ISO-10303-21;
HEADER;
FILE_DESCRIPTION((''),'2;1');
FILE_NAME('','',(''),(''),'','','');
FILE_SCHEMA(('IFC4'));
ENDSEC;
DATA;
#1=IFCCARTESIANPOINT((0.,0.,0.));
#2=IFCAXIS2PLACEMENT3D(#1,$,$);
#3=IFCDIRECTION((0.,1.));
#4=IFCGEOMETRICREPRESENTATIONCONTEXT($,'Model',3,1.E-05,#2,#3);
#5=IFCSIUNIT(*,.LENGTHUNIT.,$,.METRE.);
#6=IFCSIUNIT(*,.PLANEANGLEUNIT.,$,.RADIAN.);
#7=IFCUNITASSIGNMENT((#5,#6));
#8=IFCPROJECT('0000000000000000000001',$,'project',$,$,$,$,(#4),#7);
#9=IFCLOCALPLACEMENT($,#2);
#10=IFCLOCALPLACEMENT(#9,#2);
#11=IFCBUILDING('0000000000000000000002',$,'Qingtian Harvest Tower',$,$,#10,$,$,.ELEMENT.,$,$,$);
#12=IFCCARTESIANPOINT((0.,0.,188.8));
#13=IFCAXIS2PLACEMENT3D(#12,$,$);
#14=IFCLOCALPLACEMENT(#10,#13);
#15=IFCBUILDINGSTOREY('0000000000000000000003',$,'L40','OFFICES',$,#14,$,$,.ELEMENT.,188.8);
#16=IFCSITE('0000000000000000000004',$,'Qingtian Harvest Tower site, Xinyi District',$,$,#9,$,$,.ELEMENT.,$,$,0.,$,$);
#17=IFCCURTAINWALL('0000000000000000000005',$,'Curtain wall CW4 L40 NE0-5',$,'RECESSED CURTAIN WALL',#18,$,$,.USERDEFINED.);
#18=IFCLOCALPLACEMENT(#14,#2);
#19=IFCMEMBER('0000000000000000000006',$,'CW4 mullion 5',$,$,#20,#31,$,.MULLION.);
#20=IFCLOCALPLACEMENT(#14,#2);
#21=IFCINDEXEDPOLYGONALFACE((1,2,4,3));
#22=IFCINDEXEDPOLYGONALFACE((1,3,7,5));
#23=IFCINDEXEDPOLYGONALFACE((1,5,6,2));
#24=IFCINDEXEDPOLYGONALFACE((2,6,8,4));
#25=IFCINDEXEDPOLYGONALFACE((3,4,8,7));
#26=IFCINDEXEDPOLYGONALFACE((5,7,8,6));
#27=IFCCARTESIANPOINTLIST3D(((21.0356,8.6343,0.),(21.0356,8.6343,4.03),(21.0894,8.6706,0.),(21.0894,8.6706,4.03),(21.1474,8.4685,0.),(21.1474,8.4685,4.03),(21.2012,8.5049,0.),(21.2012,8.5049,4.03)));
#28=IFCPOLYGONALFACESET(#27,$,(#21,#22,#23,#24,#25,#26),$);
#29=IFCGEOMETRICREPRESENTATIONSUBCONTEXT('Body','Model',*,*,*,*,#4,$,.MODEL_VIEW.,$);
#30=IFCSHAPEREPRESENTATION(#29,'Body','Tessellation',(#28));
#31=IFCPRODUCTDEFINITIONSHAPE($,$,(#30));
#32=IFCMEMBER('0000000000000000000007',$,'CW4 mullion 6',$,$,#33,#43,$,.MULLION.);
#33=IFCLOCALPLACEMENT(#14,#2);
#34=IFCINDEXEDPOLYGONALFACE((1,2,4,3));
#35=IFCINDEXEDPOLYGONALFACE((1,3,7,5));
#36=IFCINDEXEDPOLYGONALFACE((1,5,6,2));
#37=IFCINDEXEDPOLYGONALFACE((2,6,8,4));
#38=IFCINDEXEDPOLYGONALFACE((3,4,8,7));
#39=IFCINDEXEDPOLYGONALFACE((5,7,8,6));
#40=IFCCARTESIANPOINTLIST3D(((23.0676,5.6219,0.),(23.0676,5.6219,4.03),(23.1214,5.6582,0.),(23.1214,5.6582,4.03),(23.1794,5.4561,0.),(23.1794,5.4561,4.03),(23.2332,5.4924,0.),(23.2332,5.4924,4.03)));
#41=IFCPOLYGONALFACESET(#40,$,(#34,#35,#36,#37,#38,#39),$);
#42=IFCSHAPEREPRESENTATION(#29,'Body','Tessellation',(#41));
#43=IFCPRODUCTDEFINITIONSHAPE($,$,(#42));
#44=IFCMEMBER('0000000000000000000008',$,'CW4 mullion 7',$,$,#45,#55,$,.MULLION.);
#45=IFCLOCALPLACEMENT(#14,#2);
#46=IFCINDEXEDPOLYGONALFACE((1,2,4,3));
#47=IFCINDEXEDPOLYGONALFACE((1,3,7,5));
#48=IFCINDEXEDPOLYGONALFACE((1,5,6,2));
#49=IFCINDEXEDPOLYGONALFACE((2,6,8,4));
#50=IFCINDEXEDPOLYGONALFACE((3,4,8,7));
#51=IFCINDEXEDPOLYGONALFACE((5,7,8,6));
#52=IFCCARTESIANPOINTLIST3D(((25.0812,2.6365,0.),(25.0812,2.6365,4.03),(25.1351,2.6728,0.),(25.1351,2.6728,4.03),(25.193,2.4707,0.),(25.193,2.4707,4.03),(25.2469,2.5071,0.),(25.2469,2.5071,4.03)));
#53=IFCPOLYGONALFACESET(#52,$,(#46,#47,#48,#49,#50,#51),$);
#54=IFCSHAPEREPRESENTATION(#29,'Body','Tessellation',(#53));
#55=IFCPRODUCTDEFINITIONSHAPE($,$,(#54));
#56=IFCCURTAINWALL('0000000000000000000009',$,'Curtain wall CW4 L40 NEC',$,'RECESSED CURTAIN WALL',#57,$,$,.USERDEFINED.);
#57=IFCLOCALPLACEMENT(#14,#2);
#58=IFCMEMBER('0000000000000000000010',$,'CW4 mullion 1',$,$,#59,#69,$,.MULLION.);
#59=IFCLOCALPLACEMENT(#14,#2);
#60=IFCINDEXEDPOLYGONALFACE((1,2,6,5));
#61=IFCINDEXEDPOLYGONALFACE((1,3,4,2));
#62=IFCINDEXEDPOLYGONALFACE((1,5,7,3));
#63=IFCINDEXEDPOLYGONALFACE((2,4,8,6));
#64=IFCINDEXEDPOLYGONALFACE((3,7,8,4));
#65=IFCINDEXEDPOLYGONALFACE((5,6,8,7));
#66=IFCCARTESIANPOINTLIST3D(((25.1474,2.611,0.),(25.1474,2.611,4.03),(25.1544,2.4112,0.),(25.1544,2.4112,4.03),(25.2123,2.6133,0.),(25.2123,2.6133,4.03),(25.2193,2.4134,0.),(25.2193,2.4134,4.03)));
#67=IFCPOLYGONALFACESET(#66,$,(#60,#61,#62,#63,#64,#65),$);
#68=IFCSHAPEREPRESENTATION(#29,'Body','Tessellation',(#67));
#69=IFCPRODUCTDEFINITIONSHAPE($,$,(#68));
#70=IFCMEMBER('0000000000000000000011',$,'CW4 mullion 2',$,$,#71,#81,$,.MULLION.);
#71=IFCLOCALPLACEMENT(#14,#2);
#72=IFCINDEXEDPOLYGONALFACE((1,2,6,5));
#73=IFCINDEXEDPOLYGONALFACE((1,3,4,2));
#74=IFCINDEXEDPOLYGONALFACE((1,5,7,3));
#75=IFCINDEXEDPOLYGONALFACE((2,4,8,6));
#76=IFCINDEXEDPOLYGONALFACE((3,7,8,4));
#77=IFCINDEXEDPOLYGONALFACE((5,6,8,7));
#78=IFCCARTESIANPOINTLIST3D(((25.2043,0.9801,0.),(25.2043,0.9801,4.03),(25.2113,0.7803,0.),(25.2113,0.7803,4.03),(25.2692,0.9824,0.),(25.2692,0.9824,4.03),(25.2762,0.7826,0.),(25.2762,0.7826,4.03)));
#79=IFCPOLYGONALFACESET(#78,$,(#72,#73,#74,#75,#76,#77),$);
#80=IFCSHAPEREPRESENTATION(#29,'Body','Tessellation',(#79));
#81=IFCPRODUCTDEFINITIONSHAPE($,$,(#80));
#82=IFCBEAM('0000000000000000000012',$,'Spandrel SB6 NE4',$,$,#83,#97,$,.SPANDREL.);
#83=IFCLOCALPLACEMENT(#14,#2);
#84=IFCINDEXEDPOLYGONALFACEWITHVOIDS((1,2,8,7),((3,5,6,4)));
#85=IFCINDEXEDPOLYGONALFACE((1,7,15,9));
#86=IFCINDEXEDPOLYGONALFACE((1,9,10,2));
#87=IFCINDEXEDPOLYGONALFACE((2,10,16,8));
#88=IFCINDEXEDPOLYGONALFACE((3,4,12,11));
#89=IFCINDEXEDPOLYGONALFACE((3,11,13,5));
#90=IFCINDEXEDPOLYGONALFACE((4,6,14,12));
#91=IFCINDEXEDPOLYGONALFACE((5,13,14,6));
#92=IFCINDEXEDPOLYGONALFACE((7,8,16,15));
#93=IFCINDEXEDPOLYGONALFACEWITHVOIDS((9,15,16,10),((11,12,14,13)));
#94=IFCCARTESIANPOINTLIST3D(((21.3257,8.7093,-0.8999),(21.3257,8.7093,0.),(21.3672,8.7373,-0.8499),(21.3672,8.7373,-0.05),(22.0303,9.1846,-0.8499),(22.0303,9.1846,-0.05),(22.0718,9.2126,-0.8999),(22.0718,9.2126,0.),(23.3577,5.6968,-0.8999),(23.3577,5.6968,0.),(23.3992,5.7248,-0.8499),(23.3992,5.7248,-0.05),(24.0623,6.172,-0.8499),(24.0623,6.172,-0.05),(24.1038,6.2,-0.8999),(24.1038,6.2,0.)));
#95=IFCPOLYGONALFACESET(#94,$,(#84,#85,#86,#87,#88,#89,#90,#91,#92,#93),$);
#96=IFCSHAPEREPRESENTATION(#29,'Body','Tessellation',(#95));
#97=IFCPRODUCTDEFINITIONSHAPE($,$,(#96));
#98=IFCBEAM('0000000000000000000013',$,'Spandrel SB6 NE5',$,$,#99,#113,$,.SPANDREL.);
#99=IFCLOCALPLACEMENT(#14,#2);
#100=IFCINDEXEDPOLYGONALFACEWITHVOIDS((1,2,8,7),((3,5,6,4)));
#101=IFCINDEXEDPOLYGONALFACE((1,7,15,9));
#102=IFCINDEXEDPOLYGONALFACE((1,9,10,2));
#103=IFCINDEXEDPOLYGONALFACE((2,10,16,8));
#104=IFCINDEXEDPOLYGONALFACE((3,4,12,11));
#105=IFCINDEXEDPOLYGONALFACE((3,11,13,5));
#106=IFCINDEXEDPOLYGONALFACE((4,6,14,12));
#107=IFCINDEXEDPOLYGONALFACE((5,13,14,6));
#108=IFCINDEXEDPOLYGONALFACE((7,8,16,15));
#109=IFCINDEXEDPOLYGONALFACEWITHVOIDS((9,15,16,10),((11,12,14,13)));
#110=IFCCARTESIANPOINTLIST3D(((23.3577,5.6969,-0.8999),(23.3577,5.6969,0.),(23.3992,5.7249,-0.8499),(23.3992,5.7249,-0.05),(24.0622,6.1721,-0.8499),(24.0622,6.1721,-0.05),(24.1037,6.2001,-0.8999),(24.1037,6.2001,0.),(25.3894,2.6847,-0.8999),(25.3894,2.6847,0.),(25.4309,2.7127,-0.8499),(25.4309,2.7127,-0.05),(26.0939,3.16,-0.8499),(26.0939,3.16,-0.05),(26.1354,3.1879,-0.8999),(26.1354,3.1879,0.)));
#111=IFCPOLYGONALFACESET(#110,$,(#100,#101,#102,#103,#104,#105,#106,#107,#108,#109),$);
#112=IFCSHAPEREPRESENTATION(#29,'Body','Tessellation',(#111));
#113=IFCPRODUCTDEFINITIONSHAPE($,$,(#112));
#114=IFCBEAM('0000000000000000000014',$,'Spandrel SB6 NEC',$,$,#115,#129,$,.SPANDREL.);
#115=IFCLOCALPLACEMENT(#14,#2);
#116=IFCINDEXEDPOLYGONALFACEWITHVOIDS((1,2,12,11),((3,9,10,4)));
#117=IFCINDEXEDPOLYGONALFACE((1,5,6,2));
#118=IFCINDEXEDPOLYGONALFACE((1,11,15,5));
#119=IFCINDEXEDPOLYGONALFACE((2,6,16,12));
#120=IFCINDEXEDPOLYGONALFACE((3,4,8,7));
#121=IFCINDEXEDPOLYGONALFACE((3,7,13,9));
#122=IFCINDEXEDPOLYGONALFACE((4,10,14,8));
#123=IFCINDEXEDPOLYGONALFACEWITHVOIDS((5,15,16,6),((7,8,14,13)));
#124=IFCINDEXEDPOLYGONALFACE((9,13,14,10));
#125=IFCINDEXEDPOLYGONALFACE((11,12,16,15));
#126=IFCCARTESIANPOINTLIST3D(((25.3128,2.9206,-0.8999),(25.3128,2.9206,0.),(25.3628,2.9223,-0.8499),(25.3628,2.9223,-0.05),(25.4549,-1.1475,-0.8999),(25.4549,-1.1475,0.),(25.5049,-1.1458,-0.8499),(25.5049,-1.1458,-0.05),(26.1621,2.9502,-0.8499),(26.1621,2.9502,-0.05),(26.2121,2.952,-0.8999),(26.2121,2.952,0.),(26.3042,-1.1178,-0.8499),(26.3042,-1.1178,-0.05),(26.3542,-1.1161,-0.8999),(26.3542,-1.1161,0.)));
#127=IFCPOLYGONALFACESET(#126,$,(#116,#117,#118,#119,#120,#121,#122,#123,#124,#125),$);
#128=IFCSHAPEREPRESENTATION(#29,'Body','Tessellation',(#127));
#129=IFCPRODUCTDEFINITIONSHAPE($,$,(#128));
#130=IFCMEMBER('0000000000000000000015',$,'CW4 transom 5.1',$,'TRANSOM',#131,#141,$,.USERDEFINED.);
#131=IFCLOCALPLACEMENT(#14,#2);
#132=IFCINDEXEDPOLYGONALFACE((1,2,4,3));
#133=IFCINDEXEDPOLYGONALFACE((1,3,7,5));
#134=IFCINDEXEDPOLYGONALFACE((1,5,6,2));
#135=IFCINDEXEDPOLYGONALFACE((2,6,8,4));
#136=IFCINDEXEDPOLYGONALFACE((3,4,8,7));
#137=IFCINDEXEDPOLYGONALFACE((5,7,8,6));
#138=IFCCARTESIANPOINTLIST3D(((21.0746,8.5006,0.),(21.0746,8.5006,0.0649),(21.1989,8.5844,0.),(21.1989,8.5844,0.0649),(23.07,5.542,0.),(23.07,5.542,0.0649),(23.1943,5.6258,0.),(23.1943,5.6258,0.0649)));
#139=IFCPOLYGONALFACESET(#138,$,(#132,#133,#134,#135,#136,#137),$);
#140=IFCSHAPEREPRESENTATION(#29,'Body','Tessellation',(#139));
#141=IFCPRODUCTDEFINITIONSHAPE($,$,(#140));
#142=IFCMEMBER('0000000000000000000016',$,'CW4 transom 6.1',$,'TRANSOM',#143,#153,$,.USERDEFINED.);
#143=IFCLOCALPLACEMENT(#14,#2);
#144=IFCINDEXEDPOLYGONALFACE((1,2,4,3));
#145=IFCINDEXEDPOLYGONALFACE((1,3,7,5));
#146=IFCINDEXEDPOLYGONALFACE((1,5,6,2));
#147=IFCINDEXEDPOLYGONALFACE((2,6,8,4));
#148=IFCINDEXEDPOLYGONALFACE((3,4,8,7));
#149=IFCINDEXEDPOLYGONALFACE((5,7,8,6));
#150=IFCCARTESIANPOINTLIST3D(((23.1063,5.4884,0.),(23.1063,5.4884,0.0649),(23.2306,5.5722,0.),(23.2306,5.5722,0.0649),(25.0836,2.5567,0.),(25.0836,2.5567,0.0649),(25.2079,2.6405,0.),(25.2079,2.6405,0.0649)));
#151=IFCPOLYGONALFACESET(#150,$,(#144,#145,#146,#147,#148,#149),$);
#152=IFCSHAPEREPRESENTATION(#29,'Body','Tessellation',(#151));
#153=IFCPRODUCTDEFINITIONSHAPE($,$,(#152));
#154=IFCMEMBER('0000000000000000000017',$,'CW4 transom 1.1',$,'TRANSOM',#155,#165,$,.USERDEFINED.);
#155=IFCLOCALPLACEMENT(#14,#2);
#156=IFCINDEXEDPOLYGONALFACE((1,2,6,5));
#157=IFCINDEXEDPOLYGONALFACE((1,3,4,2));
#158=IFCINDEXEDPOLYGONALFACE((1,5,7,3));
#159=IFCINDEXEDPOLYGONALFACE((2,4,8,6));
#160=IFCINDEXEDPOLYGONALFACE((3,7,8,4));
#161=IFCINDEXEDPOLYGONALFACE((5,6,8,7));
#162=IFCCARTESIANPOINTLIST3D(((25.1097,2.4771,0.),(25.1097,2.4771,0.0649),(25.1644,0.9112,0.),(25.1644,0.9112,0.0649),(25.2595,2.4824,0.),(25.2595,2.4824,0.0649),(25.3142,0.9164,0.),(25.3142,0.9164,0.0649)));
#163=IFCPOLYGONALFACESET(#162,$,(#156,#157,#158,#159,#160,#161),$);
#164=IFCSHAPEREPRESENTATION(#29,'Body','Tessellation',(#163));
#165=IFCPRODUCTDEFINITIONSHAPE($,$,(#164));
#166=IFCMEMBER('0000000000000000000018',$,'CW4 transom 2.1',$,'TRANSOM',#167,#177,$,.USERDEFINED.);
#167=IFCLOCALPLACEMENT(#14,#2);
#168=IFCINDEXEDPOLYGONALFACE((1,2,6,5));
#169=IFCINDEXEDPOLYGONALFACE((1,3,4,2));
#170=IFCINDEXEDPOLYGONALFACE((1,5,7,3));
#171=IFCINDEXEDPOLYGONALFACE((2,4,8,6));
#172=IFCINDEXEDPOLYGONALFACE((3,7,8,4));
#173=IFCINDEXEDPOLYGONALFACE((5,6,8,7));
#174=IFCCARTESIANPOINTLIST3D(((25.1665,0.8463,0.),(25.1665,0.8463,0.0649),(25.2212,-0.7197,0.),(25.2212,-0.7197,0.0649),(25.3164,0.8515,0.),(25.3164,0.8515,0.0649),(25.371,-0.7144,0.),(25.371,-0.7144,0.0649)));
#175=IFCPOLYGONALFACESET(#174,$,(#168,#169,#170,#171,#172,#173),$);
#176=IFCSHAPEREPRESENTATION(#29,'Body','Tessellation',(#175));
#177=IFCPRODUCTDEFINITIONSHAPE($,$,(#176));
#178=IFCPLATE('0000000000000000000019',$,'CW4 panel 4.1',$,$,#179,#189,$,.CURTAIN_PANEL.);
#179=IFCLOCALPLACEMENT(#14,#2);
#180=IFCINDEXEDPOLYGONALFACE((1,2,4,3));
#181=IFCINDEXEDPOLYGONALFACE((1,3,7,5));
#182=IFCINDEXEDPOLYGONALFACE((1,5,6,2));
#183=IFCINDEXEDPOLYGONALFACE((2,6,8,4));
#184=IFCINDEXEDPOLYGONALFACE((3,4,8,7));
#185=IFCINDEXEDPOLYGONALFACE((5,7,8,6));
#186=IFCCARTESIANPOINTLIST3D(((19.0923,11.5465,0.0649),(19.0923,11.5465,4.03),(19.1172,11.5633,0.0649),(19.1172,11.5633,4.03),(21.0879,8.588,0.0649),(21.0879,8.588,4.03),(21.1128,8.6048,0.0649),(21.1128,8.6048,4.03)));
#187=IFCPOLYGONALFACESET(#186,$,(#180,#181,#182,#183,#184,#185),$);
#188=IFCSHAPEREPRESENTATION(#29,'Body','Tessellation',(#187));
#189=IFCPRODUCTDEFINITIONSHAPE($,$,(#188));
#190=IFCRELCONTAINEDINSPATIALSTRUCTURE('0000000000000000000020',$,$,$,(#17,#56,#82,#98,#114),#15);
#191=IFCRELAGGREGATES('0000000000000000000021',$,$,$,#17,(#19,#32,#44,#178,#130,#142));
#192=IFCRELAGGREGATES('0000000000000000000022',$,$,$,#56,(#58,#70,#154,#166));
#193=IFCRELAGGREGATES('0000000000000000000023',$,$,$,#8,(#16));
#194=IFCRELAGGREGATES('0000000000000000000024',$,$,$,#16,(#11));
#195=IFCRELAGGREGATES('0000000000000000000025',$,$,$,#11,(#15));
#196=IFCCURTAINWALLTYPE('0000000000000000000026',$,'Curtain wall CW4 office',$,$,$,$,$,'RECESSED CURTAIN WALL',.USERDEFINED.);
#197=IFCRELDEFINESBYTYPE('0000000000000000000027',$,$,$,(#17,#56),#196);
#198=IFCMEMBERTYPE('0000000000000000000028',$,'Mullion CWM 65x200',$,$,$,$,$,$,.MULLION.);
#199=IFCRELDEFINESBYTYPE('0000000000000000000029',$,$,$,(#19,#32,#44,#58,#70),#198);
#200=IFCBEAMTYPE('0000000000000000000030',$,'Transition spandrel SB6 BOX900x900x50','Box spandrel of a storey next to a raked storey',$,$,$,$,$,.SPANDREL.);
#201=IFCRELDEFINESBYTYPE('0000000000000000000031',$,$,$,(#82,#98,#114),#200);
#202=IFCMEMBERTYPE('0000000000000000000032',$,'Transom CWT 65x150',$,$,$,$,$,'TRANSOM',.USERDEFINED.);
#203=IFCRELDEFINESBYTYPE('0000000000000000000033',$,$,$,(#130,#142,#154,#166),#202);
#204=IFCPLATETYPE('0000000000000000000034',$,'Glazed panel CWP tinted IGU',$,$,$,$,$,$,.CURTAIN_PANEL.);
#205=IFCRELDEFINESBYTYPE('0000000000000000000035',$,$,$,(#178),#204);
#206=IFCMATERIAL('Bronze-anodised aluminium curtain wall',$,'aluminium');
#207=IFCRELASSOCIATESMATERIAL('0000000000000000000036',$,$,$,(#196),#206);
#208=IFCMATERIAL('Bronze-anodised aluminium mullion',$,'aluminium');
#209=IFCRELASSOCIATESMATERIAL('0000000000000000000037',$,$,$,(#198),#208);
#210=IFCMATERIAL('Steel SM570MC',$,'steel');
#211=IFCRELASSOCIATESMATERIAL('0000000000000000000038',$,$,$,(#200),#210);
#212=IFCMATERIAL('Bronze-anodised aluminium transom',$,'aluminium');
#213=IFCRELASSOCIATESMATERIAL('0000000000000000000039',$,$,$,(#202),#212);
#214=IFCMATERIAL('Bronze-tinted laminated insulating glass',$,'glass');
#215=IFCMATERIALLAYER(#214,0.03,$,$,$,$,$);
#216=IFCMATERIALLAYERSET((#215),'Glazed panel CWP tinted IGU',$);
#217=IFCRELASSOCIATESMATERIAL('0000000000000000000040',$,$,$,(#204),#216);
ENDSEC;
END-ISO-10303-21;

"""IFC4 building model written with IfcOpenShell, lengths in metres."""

from ifc_helpers import new_model, si_unit, direction, frame, origin, origin_2d, place, context, subcontext, project, spatial, rectangle, hollow_rectangle, extrude, material, layer, layer_set, material_profile, profile_set, type_object, element, aggregate, save


model = new_model("IFC4")

# Units and contexts
model_context = context("Model", 3, precision=1e-05, world=origin(), true_north=direction((0.0, 1.0)))
body_context = subcontext(model_context, "Body", "Model", "MODEL_VIEW")
ifc_project = project(units=[si_unit("LENGTHUNIT", "METRE"), si_unit("PLANEANGLEUNIT", "RADIAN")], contexts=[model_context])

# Site, building, storey
site_placement = place(None, origin())
site = spatial("IfcSite", under=ifc_project, at=site_placement, Name="Qingtian Harvest Tower site, Xinyi District", CompositionType="ELEMENT", RefElevation=0.0)
building_placement = place(site_placement, origin())
building = spatial("IfcBuilding", under=site, at=building_placement, Name="Qingtian Harvest Tower", CompositionType="ELEMENT")
storey_placement = place(building_placement, frame((0.0, 0.0, 188.8)))
storey = spatial("IfcBuildingStorey", under=building, at=storey_placement, Name="L40", Description="OFFICES", CompositionType="ELEMENT", Elevation=188.8)

# Curtain walls, members
ifc_material_1 = material(Name="Bronze-anodised aluminium curtain wall", Category="aluminium")
curtain_wall_type = type_object("IfcCurtainWallType", Name="Curtain wall CW4 office", ElementType="RECESSED CURTAIN WALL", PredefinedType="USERDEFINED", material=ifc_material_1)
curtain_wall_1_placement = place(storey_placement, origin())
curtain_wall_1 = element("IfcCurtainWall", 1, at=curtain_wall_1_placement, inside=storey, type_object=curtain_wall_type, Name="Curtain wall CW4 L40 NE0-5", ObjectType="RECESSED CURTAIN WALL", PredefinedType="USERDEFINED")
ifc_material_2 = material(Name="Bronze-anodised aluminium mullion", Category="aluminium")
ifc_material_profile_1 = material_profile(ifc_material_2, rectangle(XDim=0.0649, YDim=0.2, at=origin_2d()), Name="AL 65x200")
ifc_profile_set_1 = profile_set([ifc_material_profile_1], Name="Bronze-anodised aluminium mullion")
member_type_1 = type_object("IfcMemberType", Name="Mullion CWM 65x200", PredefinedType="MULLION", material=ifc_profile_set_1)
member_1_placement = place(storey_placement, frame((21.1184, 8.5696, 0.0), z_axis=(0.0, 0.0, 1.0), x_axis=(0.829038, 0.559193, 0.0)))
member_1 = element("IfcMember", 2, at=member_1_placement, type_object=member_type_1, Name="CW4 mullion 5", PredefinedType="MULLION", context=body_context, shape_type="SweptSolid", body=[
    extrude(rectangle(XDim=0.0649, YDim=0.2, at=origin_2d()), origin(), (0.0, 0.0, 1.0), 4.03),
])
member_2_placement = place(storey_placement, frame((23.1504, 5.5571, 0.0), z_axis=(0.0, 0.0, 1.0), x_axis=(0.829038, 0.559193, 0.0)))
member_2 = element("IfcMember", 3, at=member_2_placement, type_object=member_type_1, Name="CW4 mullion 6", PredefinedType="MULLION", context=body_context, shape_type="SweptSolid", body=[
    extrude(rectangle(XDim=0.0649, YDim=0.2, at=origin_2d()), origin(), (0.0, 0.0, 1.0), 4.03),
])
member_3_placement = place(storey_placement, frame((25.1641, 2.5718, 0.0), z_axis=(0.0, 0.0, 1.0), x_axis=(0.829038, 0.559193, 0.0)))
member_3 = element("IfcMember", 4, at=member_3_placement, type_object=member_type_1, Name="CW4 mullion 7", PredefinedType="MULLION", context=body_context, shape_type="SweptSolid", body=[
    extrude(rectangle(XDim=0.0649, YDim=0.2, at=origin_2d()), origin(), (0.0, 0.0, 1.0), 4.03),
])
curtain_wall_2_placement = place(storey_placement, origin())
curtain_wall_2 = element("IfcCurtainWall", 5, at=curtain_wall_2_placement, inside=storey, type_object=curtain_wall_type, Name="Curtain wall CW4 L40 NEC", ObjectType="RECESSED CURTAIN WALL", PredefinedType="USERDEFINED")
member_4_placement = place(storey_placement, frame((25.1833, 2.5122, 0.0), z_axis=(0.0, 0.0, 1.0), x_axis=(0.999391, 0.034899, 0.0)))
member_4 = element("IfcMember", 6, at=member_4_placement, type_object=member_type_1, Name="CW4 mullion 1", PredefinedType="MULLION", context=body_context, shape_type="SweptSolid", body=[
    extrude(rectangle(XDim=0.0649, YDim=0.2, at=origin_2d()), origin(), (0.0, 0.0, 1.0), 4.03),
])
member_5_placement = place(storey_placement, frame((25.2402, 0.8813, 0.0), z_axis=(0.0, 0.0, 1.0), x_axis=(0.999391, 0.034899, 0.0)))
member_5 = element("IfcMember", 7, at=member_5_placement, type_object=member_type_1, Name="CW4 mullion 2", PredefinedType="MULLION", context=body_context, shape_type="SweptSolid", body=[
    extrude(rectangle(XDim=0.0649, YDim=0.2, at=origin_2d()), origin(), (0.0, 0.0, 1.0), 4.03),
])

# Beams
ifc_material_3 = material(Name="Steel SM570MC", Category="steel")
ifc_material_profile_2 = material_profile(ifc_material_3, hollow_rectangle(XDim=0.8999, YDim=0.8999, WallThickness=0.05, at=origin_2d()), Name="BOX900x900x50")
ifc_profile_set_2 = profile_set([ifc_material_profile_2], Name="Steel SM570MC")
beam_type_1 = type_object("IfcBeamType", Name="Transition spandrel SB6 BOX900x900x50", Description="Box spandrel of a storey next to a raked storey", PredefinedType="SPANDREL", material=ifc_profile_set_2)
beam_1_placement = place(storey_placement, frame((21.6987, 8.9609, -0.45), z_axis=(0.559204, -0.82903, 0.0), x_axis=(0.82903, 0.559204, 0.0)))
element("IfcBeam", 8, at=beam_1_placement, inside=storey, type_object=beam_type_1, Name="Spandrel SB6 NE4", PredefinedType="SPANDREL", context=body_context, shape_type="SweptSolid", body=[
    extrude(hollow_rectangle(XDim=0.8999, YDim=0.8999, WallThickness=0.05, at=origin_2d()), origin(), (0.0, 0.0, 1.0), 3.6338),
])
beam_2_placement = place(storey_placement, frame((23.7307, 5.9485, -0.45), z_axis=(0.559189, -0.82904, 0.0), x_axis=(0.82904, 0.559189, 0.0)))
element("IfcBeam", 9, at=beam_2_placement, inside=storey, type_object=beam_type_1, Name="Spandrel SB6 NE5", PredefinedType="SPANDREL", context=body_context, shape_type="SweptSolid", body=[
    extrude(hollow_rectangle(XDim=0.8999, YDim=0.8999, WallThickness=0.05, at=origin_2d()), origin(), (0.0, 0.0, 1.0), 3.6333),
])
beam_3_placement = place(storey_placement, frame((25.7625, 2.9363, -0.45), z_axis=(0.034906, -0.999391, 0.0), x_axis=(0.999391, 0.034906, 0.0)))
element("IfcBeam", 10, at=beam_3_placement, inside=storey, type_object=beam_type_1, Name="Spandrel SB6 NEC", PredefinedType="SPANDREL", context=body_context, shape_type="SweptSolid", body=[
    extrude(hollow_rectangle(XDim=0.8999, YDim=0.8999, WallThickness=0.05, at=origin_2d()), origin(), (0.0, 0.0, 1.0), 4.0706),
])

# Members
ifc_material_4 = material(Name="Bronze-anodised aluminium transom", Category="aluminium")
ifc_material_profile_3 = material_profile(ifc_material_4, rectangle(XDim=0.1499, YDim=0.0649, at=origin_2d()), Name="AL 65x150")
ifc_profile_set_3 = profile_set([ifc_material_profile_3], Name="Bronze-anodised aluminium transom")
member_type_2 = type_object("IfcMemberType", Name="Transom CWT 65x150", ElementType="TRANSOM", PredefinedType="USERDEFINED", material=ifc_profile_set_3)
member_6_placement = place(storey_placement, frame((21.1367, 8.5425, 0.0325), z_axis=(0.55916, -0.82906, 0.0), x_axis=(0.82906, 0.55916, 0.0)))
member_6 = element("IfcMember", 11, at=member_6_placement, type_object=member_type_2, Name="CW4 transom 5.1", ObjectType="TRANSOM", PredefinedType="USERDEFINED", context=body_context, shape_type="SweptSolid", body=[
    extrude(rectangle(XDim=0.1499, YDim=0.0649, at=origin_2d()), origin(), (0.0, 0.0, 1.0), 3.5686),
])
member_7_placement = place(storey_placement, frame((23.1685, 5.5303, 0.0325), z_axis=(0.559169, -0.829054, 0.0), x_axis=(0.829054, 0.559169, 0.0)))
member_7 = element("IfcMember", 12, at=member_7_placement, type_object=member_type_2, Name="CW4 transom 6.1", ObjectType="TRANSOM", PredefinedType="USERDEFINED", context=body_context, shape_type="SweptSolid", body=[
    extrude(rectangle(XDim=0.1499, YDim=0.0649, at=origin_2d()), origin(), (0.0, 0.0, 1.0), 3.5361),
])
member_8_placement = place(storey_placement, frame((25.1846, 2.4797, 0.0325), z_axis=(0.034902, -0.999391, 0.0), x_axis=(0.999391, 0.034902, 0.0)))
member_8 = element("IfcMember", 13, at=member_8_placement, type_object=member_type_2, Name="CW4 transom 1.1", ObjectType="TRANSOM", PredefinedType="USERDEFINED", context=body_context, shape_type="SweptSolid", body=[
    extrude(rectangle(XDim=0.1499, YDim=0.0649, at=origin_2d()), origin(), (0.0, 0.0, 1.0), 1.5669),
])
member_9_placement = place(storey_placement, frame((25.2415, 0.8489, 0.0325), z_axis=(0.034902, -0.999391, 0.0), x_axis=(0.999391, 0.034902, 0.0)))
member_9 = element("IfcMember", 14, at=member_9_placement, type_object=member_type_2, Name="CW4 transom 2.1", ObjectType="TRANSOM", PredefinedType="USERDEFINED", context=body_context, shape_type="SweptSolid", body=[
    extrude(rectangle(XDim=0.1499, YDim=0.0649, at=origin_2d()), origin(), (0.0, 0.0, 1.0), 1.5669),
])

# Plate
ifc_material_5 = material(Name="Bronze-tinted laminated insulating glass", Category="glass")
ifc_layer_1 = layer(ifc_material_5, 0.03)
ifc_layer_set_1 = layer_set([ifc_layer_1], Name="Glazed panel CWP tinted IGU")
plate_type = type_object("IfcPlateType", Name="Glazed panel CWP tinted IGU", PredefinedType="CURTAIN_PANEL", material=ifc_layer_set_1)
plate_1_placement = place(storey_placement, frame((20.1025, 10.0757, 0.0649), z_axis=(0.0, 0.0, 1.0), x_axis=(0.559193, -0.829038, 0.0)))
plate_1 = element("IfcPlate", 15, at=plate_1_placement, type_object=plate_type, Name="CW4 panel 4.1", PredefinedType="CURTAIN_PANEL", context=body_context, shape_type="SweptSolid", body=[
    extrude(rectangle(XDim=3.5686, YDim=0.03, at=origin_2d()), origin(), (0.0, 0.0, 1.0), 3.9651),
])
aggregate(curtain_wall_1, [member_1, member_2, member_3, plate_1, member_6, member_7])
aggregate(curtain_wall_2, [member_4, member_5, member_8, member_9])

save(model, "model.ifc")
